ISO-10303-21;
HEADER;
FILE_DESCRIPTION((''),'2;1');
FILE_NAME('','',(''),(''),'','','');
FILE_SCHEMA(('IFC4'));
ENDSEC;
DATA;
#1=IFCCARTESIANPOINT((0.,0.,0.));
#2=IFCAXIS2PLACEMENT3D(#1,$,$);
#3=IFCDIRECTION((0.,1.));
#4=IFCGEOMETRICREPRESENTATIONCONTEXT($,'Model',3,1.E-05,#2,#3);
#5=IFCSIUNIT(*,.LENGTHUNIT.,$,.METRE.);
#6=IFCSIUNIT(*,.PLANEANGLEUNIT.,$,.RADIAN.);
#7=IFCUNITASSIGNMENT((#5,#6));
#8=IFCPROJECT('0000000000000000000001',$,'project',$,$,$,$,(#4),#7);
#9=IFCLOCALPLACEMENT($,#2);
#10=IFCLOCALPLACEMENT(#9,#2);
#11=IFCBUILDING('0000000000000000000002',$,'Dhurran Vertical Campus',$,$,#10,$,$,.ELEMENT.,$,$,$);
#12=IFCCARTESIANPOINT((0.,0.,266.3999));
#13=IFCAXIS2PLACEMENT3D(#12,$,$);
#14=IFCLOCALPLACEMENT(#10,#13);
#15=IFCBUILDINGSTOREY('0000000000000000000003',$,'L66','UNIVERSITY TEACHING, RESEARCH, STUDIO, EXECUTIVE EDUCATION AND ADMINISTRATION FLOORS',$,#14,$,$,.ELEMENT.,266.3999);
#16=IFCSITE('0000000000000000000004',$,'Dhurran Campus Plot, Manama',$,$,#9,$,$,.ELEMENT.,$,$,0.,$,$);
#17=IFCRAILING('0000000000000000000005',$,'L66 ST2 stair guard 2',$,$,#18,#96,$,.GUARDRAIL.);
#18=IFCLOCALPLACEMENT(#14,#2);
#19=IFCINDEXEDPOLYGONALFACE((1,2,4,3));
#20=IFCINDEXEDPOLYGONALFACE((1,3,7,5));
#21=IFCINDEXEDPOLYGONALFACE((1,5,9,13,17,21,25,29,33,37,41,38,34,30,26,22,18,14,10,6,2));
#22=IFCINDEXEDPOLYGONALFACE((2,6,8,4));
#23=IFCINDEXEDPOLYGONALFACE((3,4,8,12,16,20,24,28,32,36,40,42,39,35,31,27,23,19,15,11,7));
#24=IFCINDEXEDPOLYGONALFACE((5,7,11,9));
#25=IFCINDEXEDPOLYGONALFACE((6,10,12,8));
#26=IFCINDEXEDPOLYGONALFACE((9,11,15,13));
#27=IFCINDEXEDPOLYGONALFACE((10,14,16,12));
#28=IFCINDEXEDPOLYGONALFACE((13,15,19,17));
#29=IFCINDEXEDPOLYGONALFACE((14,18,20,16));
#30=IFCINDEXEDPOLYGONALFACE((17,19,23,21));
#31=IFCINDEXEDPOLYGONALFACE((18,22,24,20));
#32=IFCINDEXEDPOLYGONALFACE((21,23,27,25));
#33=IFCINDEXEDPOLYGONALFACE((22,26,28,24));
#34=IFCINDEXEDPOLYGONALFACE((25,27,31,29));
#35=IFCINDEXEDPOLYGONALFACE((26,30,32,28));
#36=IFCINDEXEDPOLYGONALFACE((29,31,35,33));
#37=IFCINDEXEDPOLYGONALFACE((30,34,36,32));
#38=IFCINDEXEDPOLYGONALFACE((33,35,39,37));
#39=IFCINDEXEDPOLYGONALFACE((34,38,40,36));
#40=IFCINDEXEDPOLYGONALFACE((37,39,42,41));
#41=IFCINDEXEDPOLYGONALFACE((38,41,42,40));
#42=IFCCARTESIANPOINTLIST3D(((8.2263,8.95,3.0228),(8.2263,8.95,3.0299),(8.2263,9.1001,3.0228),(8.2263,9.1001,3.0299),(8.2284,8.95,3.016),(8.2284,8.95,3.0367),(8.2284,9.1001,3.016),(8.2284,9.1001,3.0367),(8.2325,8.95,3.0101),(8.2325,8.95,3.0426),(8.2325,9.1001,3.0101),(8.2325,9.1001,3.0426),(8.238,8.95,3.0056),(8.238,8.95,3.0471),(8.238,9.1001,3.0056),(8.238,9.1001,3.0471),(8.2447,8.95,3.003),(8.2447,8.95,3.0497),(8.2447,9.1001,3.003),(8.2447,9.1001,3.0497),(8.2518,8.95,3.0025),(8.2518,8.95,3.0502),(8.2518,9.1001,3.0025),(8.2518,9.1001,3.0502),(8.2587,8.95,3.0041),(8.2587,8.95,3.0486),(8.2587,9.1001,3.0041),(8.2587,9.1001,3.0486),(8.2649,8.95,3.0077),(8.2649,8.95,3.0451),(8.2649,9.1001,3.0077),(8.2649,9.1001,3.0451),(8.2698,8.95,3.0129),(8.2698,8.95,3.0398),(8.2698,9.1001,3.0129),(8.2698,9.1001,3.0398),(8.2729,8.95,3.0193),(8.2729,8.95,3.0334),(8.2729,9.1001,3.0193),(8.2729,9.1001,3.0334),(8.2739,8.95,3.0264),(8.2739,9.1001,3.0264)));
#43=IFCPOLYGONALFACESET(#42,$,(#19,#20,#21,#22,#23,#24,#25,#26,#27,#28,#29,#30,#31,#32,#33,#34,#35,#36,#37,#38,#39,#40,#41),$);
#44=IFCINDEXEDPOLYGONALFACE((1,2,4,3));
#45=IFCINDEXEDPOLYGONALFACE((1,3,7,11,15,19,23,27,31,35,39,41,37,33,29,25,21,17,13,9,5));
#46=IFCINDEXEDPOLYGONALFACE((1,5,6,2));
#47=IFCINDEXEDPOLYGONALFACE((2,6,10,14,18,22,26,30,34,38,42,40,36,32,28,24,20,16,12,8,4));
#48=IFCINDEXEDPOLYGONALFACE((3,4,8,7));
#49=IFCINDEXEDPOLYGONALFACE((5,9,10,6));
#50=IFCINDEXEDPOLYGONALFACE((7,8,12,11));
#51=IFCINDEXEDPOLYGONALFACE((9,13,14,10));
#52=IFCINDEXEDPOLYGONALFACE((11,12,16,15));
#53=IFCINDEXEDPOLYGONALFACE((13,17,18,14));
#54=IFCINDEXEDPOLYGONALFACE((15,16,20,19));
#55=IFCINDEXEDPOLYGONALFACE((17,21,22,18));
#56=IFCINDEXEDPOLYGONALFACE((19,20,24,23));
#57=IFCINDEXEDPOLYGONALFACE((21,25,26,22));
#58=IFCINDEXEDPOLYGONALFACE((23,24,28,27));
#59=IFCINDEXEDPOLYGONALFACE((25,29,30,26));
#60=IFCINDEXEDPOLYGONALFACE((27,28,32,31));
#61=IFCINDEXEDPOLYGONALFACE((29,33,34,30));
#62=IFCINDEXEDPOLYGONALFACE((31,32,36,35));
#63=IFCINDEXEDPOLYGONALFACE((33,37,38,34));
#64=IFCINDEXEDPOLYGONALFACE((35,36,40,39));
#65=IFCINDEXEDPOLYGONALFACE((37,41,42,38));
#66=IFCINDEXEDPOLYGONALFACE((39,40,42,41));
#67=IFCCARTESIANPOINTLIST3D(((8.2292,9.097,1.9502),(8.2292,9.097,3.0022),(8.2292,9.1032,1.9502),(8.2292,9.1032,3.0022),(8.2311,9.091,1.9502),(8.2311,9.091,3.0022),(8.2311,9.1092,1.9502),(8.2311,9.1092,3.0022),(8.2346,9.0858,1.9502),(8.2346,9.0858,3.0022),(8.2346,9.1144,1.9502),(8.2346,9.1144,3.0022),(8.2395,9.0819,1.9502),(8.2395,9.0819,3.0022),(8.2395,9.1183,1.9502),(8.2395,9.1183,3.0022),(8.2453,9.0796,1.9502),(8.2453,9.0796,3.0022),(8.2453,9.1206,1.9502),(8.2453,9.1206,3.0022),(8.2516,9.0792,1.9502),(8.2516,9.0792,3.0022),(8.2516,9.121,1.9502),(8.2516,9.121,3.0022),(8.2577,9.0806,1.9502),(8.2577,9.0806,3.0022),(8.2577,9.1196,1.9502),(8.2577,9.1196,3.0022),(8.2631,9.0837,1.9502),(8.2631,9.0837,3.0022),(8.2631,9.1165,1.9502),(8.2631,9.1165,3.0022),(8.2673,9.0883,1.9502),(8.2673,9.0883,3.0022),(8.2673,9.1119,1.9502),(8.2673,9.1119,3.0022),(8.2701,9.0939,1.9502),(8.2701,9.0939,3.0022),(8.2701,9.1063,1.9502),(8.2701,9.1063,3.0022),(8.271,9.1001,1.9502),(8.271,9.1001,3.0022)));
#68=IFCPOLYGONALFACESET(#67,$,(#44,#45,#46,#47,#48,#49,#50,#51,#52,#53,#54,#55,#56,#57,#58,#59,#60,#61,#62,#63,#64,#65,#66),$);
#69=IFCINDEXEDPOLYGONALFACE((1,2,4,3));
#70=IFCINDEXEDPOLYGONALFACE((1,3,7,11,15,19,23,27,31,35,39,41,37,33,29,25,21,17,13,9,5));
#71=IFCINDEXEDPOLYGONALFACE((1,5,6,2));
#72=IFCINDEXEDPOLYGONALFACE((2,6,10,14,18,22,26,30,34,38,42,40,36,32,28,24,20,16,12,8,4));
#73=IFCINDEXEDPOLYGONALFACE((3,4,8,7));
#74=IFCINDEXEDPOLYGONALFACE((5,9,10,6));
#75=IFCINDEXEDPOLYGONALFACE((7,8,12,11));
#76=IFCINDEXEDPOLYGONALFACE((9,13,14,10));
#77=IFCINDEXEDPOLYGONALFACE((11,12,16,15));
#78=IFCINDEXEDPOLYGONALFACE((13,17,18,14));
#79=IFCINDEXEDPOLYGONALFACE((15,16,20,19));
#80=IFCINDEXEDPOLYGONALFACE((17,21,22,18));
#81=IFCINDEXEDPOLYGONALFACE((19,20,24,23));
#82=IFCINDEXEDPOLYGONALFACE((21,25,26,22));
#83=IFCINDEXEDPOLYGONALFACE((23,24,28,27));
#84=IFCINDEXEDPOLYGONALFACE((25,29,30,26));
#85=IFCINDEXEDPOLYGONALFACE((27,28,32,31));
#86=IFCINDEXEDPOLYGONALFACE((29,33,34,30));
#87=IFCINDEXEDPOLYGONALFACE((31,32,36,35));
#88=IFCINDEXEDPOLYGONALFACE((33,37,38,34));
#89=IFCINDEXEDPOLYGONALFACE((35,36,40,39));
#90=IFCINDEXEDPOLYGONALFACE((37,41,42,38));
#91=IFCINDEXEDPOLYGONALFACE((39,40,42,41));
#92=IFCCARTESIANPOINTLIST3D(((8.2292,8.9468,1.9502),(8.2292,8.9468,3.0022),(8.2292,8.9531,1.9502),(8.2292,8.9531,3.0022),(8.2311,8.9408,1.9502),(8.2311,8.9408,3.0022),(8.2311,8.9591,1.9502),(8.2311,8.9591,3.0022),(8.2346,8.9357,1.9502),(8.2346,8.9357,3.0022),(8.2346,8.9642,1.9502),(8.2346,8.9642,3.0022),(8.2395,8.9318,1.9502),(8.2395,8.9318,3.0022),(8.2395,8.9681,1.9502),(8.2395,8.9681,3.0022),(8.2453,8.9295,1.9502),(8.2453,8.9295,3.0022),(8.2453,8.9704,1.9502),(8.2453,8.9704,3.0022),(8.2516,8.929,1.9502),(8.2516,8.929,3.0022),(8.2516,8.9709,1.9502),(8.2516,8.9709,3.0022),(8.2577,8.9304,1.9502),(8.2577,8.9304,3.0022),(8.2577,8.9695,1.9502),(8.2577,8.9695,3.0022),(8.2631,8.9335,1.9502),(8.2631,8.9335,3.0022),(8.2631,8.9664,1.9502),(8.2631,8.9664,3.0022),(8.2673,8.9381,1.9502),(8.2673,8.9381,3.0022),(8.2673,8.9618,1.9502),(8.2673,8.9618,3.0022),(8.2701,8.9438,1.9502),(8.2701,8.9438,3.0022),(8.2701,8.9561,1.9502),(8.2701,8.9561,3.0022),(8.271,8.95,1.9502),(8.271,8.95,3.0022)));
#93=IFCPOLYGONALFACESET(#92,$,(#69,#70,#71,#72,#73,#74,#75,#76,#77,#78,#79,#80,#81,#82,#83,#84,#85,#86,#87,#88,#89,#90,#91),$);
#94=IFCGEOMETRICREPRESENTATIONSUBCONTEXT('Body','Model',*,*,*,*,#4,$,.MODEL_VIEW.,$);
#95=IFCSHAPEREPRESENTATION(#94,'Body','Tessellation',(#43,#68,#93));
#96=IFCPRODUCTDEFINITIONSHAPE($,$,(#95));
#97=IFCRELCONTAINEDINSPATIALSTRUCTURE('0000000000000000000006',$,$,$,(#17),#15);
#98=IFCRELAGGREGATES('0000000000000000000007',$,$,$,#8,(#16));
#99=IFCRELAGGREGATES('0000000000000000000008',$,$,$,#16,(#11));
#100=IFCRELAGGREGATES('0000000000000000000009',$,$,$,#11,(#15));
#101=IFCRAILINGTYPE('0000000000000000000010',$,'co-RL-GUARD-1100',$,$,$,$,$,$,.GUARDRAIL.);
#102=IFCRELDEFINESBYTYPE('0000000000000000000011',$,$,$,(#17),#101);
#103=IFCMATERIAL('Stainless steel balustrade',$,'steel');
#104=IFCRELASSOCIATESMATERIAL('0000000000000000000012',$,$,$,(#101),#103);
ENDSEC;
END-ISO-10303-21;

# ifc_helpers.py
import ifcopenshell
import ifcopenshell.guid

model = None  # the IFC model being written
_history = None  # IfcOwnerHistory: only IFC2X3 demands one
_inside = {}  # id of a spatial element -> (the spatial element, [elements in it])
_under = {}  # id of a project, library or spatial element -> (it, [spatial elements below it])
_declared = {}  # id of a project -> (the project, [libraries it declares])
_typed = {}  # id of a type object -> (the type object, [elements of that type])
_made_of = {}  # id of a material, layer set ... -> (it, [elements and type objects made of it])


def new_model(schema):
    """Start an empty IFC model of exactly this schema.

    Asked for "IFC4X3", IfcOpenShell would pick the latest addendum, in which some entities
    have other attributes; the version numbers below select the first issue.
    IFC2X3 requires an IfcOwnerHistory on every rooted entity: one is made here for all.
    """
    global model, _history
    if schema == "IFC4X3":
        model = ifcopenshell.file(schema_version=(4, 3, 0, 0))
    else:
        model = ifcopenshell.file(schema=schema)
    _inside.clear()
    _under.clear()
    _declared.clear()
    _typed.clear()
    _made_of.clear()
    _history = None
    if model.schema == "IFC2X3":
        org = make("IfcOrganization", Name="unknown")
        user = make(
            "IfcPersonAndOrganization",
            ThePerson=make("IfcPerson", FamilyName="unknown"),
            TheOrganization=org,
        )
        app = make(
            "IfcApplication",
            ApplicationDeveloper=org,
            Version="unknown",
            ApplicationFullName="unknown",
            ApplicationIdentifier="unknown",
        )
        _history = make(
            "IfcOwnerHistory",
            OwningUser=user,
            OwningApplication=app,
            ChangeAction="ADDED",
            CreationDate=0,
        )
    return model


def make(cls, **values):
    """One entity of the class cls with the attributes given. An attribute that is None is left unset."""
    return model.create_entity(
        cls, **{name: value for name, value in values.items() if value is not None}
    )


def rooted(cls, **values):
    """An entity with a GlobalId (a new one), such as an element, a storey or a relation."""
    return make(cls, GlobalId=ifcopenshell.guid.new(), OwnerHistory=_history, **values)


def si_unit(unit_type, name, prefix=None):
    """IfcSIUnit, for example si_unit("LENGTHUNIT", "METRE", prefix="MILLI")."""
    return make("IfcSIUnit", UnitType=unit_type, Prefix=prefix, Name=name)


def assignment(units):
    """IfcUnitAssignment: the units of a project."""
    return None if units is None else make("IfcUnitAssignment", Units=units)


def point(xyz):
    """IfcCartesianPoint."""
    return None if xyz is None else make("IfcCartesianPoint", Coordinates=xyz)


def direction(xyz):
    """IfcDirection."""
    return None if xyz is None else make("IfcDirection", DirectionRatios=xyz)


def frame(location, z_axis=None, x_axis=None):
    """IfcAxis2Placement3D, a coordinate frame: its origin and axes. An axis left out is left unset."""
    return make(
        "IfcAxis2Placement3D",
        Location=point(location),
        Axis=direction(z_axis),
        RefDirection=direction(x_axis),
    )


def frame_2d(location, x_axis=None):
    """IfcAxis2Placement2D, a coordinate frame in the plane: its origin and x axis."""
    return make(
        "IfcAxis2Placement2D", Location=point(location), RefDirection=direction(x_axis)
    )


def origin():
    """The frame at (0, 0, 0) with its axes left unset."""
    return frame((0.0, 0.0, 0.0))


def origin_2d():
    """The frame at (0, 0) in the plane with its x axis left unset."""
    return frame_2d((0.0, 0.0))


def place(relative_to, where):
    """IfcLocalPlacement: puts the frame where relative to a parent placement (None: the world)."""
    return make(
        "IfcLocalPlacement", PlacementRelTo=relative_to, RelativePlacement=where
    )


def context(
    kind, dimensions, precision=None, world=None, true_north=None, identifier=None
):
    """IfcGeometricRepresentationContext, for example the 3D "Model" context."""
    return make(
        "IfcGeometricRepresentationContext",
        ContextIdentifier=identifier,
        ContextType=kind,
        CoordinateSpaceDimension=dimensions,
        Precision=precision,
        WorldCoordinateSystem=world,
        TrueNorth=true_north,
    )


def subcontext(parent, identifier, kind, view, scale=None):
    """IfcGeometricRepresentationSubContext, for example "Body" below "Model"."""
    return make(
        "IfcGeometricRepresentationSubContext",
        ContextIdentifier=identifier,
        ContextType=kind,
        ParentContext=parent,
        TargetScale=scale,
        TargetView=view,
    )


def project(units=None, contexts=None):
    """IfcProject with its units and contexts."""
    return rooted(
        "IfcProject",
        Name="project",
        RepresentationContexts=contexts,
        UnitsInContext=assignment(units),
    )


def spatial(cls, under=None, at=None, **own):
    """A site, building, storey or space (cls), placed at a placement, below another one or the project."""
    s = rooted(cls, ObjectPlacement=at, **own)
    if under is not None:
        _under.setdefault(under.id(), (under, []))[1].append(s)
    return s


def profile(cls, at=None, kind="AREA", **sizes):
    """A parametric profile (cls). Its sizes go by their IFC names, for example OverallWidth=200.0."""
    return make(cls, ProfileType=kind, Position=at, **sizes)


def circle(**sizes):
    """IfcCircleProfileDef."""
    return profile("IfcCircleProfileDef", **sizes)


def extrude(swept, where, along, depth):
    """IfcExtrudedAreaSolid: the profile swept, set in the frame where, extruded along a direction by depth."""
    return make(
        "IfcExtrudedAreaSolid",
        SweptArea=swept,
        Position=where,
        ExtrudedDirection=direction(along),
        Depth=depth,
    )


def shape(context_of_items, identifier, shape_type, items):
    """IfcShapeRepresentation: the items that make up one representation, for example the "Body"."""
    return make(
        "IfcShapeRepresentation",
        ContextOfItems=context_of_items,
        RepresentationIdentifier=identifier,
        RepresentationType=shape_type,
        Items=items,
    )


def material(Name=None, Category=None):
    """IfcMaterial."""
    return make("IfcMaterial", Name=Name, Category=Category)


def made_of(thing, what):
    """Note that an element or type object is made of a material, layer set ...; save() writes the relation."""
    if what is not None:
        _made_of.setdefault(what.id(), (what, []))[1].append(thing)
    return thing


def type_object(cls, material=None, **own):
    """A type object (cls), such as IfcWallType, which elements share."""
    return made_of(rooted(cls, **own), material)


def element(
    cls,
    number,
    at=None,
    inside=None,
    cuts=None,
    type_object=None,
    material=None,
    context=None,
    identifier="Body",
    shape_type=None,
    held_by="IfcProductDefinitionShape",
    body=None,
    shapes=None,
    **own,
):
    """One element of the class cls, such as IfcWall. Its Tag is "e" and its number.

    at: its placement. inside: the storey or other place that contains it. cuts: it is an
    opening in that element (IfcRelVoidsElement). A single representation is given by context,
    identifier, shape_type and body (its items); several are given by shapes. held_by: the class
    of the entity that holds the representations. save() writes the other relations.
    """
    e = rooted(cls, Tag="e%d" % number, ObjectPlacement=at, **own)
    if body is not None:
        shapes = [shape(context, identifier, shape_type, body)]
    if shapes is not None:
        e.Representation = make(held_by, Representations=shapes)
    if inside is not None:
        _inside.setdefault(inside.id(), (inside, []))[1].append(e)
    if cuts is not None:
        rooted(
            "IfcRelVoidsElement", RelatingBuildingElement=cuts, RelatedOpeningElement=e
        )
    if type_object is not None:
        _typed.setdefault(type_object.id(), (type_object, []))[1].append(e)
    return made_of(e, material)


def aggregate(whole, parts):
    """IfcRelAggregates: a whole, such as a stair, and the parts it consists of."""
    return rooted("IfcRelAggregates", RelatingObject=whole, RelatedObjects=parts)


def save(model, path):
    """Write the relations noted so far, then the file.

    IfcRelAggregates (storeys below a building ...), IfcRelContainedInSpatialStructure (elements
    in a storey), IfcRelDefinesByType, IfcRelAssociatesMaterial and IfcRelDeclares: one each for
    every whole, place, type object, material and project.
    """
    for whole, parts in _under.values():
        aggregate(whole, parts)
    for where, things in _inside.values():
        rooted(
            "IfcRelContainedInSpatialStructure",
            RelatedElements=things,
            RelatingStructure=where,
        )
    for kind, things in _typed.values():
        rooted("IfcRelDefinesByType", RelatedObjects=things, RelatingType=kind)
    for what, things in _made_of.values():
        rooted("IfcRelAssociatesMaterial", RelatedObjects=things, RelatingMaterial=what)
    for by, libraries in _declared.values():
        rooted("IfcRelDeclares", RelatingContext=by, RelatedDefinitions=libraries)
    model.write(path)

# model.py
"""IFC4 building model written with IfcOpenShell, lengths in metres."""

from ifc_helpers import new_model, si_unit, direction, frame, origin, origin_2d, place, context, subcontext, project, spatial, circle, extrude, material, type_object, element, save


model = new_model("IFC4")

# Units and contexts
model_context = context("Model", 3, precision=1e-05, world=origin(), true_north=direction((0.0, 1.0)))
body_context = subcontext(model_context, "Body", "Model", "MODEL_VIEW")
ifc_project = project(units=[si_unit("LENGTHUNIT", "METRE"), si_unit("PLANEANGLEUNIT", "RADIAN")], contexts=[model_context])

# Site, building, storey
site_placement = place(None, origin())
site = spatial("IfcSite", under=ifc_project, at=site_placement, Name="Dhurran Campus Plot, Manama", CompositionType="ELEMENT", RefElevation=0.0)
building_placement = place(site_placement, origin())
building = spatial("IfcBuilding", under=site, at=building_placement, Name="Dhurran Vertical Campus", CompositionType="ELEMENT")
storey_placement = place(building_placement, frame((0.0, 0.0, 266.3999)))
storey = spatial("IfcBuildingStorey", under=building, at=storey_placement, Name="L66", Description="UNIVERSITY TEACHING, RESEARCH, STUDIO, EXECUTIVE EDUCATION AND ADMINISTRATION FLOORS", CompositionType="ELEMENT", Elevation=266.3999)

# Railing
ifc_material_1 = material(Name="Stainless steel balustrade", Category="steel")
railing_type_1 = type_object("IfcRailingType", Name="co-RL-GUARD-1100", PredefinedType="GUARDRAIL", material=ifc_material_1)
railing_1_placement = place(storey_placement, frame((8.25, 9.1001, 1.9502)))
element("IfcRailing", 1, at=railing_1_placement, inside=storey, type_object=railing_type_1, Name="L66 ST2 stair guard 2", PredefinedType="GUARDRAIL", context=body_context, shape_type="SweptSolid", body=[
    extrude(circle(Radius=0.0239, at=origin_2d()), frame((0.0, 0.0, 1.0762), z_axis=(0.0, -1.0, 0.0), x_axis=(1.0, 0.0, 0.0)), (0.0, 0.0, 1.0), 0.1501),
    extrude(circle(Radius=0.021, at=origin_2d()), origin(), (0.0, 0.0, 1.0), 1.052),
    extrude(circle(Radius=0.021, at=origin_2d()), frame((0.0, -0.1501, 0.0)), (0.0, 0.0, 1.0), 1.052),
])

save(model, "model.ifc")
